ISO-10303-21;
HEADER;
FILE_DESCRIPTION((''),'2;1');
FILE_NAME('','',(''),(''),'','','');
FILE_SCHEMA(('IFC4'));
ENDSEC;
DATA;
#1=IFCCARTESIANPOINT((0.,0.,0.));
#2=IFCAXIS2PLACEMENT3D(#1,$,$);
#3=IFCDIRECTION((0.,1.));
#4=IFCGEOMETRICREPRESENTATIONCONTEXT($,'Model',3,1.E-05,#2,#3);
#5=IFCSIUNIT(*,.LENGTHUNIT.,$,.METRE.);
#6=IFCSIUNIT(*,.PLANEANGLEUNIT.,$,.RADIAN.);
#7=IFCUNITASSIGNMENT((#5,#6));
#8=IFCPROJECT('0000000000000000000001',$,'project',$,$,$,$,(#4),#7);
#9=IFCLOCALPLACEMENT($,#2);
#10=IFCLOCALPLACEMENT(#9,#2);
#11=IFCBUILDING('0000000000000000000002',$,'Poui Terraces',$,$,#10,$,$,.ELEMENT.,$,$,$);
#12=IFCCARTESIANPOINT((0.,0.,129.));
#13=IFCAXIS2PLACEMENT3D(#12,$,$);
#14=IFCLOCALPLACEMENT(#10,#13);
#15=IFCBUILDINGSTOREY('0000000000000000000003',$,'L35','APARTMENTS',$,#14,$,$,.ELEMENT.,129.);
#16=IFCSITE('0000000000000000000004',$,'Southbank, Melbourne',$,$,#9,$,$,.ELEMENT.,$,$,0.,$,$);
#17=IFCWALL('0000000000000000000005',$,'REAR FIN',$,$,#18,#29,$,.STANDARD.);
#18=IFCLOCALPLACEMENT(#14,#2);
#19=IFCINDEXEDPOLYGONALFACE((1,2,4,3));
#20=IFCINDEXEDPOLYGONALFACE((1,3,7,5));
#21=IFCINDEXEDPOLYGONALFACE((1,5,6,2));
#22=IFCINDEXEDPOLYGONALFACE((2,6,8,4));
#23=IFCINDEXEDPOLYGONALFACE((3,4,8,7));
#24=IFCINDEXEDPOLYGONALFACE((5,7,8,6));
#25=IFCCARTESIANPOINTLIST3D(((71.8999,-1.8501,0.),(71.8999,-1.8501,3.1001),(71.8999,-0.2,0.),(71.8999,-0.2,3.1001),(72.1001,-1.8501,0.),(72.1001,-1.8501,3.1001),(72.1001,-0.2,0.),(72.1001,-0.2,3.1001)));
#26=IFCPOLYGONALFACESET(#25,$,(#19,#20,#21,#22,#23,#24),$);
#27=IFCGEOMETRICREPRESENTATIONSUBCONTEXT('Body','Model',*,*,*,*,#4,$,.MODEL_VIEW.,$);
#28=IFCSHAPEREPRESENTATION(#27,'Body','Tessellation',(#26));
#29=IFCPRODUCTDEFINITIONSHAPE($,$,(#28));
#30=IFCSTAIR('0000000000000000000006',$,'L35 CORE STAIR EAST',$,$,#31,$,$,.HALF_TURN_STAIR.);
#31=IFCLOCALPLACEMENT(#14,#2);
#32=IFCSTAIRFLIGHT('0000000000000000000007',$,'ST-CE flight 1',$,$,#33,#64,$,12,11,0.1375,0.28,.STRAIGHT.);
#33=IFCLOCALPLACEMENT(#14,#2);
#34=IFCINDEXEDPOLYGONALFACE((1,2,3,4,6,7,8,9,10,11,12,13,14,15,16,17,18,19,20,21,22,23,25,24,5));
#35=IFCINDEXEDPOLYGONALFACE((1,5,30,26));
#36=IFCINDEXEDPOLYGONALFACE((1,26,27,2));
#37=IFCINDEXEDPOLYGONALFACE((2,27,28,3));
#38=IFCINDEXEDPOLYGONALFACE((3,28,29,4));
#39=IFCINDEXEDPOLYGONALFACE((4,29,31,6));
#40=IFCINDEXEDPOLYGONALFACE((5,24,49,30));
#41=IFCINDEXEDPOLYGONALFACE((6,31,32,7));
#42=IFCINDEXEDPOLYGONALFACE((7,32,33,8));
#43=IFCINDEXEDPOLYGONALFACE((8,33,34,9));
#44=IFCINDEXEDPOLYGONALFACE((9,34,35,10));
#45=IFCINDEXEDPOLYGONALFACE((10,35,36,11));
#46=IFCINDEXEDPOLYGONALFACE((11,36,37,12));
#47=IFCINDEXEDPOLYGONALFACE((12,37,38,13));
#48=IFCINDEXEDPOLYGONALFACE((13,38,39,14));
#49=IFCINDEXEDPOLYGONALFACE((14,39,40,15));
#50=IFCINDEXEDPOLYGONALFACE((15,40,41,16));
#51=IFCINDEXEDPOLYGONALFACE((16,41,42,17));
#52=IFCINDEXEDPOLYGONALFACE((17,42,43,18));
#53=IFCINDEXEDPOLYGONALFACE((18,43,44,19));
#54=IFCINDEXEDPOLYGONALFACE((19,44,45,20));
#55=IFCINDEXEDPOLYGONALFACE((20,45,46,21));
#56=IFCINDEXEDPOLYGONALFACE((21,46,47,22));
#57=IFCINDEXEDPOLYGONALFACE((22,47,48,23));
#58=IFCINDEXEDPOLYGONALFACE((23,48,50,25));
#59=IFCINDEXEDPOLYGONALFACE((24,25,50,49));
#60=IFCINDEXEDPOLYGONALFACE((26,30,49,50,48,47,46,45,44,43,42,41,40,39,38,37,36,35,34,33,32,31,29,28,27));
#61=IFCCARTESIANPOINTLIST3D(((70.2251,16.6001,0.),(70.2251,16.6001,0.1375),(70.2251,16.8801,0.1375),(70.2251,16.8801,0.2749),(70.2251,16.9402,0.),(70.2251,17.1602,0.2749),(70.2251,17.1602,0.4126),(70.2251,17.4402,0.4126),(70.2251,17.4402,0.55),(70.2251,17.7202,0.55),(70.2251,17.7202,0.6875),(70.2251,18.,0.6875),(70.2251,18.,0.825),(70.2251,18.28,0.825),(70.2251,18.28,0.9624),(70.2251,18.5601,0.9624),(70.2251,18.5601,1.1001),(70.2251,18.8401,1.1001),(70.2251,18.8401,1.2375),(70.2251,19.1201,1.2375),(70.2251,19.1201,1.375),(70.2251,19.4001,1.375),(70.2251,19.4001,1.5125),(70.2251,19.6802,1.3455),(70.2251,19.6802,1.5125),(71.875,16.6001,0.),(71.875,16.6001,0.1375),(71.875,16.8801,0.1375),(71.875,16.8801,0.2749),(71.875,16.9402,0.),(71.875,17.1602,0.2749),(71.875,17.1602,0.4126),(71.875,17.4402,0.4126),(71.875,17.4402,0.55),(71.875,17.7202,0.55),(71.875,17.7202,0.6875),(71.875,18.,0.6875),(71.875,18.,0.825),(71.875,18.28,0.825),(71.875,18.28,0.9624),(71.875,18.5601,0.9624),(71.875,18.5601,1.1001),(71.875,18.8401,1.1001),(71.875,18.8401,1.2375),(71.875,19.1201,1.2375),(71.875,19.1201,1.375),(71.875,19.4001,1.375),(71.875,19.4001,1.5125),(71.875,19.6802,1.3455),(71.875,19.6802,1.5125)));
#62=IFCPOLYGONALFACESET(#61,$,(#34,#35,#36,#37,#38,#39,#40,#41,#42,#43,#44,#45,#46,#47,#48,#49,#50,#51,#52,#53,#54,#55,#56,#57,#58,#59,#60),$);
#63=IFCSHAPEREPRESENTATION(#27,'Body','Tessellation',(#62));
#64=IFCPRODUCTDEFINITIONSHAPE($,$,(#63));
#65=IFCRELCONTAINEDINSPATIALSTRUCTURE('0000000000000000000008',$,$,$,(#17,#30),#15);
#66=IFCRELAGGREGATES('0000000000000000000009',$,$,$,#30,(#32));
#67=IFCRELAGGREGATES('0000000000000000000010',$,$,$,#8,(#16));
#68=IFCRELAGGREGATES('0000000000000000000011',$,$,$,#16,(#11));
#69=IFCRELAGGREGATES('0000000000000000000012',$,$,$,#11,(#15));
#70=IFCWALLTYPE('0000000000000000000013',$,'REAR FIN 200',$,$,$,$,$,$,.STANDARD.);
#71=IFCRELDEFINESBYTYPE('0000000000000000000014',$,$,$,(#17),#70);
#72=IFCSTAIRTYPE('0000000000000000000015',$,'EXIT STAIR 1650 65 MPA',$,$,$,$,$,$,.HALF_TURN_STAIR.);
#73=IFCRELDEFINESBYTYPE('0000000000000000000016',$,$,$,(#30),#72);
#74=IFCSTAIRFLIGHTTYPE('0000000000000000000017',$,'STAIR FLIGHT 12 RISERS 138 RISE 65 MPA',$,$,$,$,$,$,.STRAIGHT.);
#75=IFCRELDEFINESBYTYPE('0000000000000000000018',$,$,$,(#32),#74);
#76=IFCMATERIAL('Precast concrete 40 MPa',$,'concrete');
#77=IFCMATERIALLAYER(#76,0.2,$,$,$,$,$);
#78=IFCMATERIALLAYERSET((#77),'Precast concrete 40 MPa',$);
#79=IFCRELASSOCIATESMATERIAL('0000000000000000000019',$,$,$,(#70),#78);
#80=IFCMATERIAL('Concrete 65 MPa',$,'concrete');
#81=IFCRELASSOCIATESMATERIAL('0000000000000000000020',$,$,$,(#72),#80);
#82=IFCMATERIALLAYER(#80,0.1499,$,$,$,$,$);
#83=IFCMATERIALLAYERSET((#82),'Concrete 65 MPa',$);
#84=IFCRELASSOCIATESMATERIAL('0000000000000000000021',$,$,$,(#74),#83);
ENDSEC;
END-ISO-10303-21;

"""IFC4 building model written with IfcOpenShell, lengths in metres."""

from ifc_helpers import new_model, si_unit, direction, frame, origin, place, context, subcontext, project, spatial, polyline, outline, extrude, source, transform, mapped, material, layer, layer_set, type_object, element, aggregate, save


model = new_model("IFC4")

# Units and contexts
model_context = context("Model", 3, precision=1e-05, world=origin(), true_north=direction((0.0, 1.0)))
body_context = subcontext(model_context, "Body", "Model", "MODEL_VIEW")
ifc_project = project(units=[si_unit("LENGTHUNIT", "METRE"), si_unit("PLANEANGLEUNIT", "RADIAN")], contexts=[model_context])

# Site, building, storey
site_placement = place(None, origin())
site = spatial("IfcSite", under=ifc_project, at=site_placement, Name="Southbank, Melbourne", CompositionType="ELEMENT", RefElevation=0.0)
building_placement = place(site_placement, origin())
building = spatial("IfcBuilding", under=site, at=building_placement, Name="Poui Terraces", CompositionType="ELEMENT")
storey_placement = place(building_placement, frame((0.0, 0.0, 129.0)))
storey = spatial("IfcBuildingStorey", under=building, at=storey_placement, Name="L35", Description="APARTMENTS", CompositionType="ELEMENT", Elevation=129.0)

# Shared definitions
ifc_material_1 = material(Name="Concrete 65 MPa", Category="concrete")

# Shared definitions
ifc_material_2 = material(Name="Precast concrete 40 MPa", Category="concrete")

# Wall
ifc_layer_1 = layer(ifc_material_2, 0.2)
ifc_layer_set_1 = layer_set([ifc_layer_1], Name="Precast concrete 40 MPa")
wall_type_1 = type_object("IfcWallType", Name="REAR FIN 200", PredefinedType="STANDARD", material=ifc_layer_set_1)
shared_shape_1 = source(origin(), body_context, "Body", "SweptSolid", [
    extrude(outline(polyline([(0.0, 0.0), (0.2002, 0.0), (0.2002, 1.6501), (0.0, 1.6501), (0.0, 0.0)])), origin(), (0.0, 0.0, 1.0), 3.1001),
])
wall_1_placement = place(storey_placement, frame((71.8999, -1.8501, 0.0)))
element("IfcWall", 1, at=wall_1_placement, inside=storey, type_object=wall_type_1, Name="REAR FIN", PredefinedType="STANDARD", context=body_context, shape_type="MappedRepresentation", body=[
    mapped(shared_shape_1, transform((0.0, 0.0, 0.0))),
])

# Stair, stair flight
stair_type = type_object("IfcStairType", Name="EXIT STAIR 1650 65 MPA", PredefinedType="HALF_TURN_STAIR", material=ifc_material_1)
stair_placement = place(storey_placement, origin())
stair = element("IfcStair", 2, at=stair_placement, inside=storey, type_object=stair_type, Name="L35 CORE STAIR EAST", PredefinedType="HALF_TURN_STAIR")
ifc_layer_2 = layer(ifc_material_1, 0.1499)
ifc_layer_set_2 = layer_set([ifc_layer_2], Name="Concrete 65 MPa")
stair_flight_type = type_object("IfcStairFlightType", Name="STAIR FLIGHT 12 RISERS 138 RISE 65 MPA", PredefinedType="STRAIGHT", material=ifc_layer_set_2)
stair_flight_placement = place(storey_placement, frame((71.05, 16.6001, 0.0), z_axis=(0.0, 0.0, 1.0), x_axis=(0.0, 1.0, 0.0)))
stair_flight = element("IfcStairFlight", 3, at=stair_flight_placement, type_object=stair_flight_type, Name="ST-CE flight 1", NumberOfRisers=12, NumberOfTreads=11, PredefinedType="STRAIGHT", RiserHeight=0.1375, TreadLength=0.28, context=body_context, shape_type="SweptSolid", body=[
    extrude(outline(polyline([(0.0, 0.0), (0.0, 0.1375), (0.28, 0.1375), (0.28, 0.2749), (0.5601, 0.2749), (0.5601, 0.4126), (0.8401, 0.4126), (0.8401, 0.55), (1.1201, 0.55), (1.1201, 0.6875), (1.3999, 0.6875), (1.3999, 0.825), (1.6799, 0.825), (1.6799, 0.9624), (1.96, 0.9624), (1.96, 1.1001), (2.24, 1.1001), (2.24, 1.2375), (2.52, 1.2375), (2.52, 1.375), (2.8, 1.375), (2.8, 1.5125), (3.0801, 1.5125), (3.0801, 1.6499), (3.0801, 1.3455), (0.3401, 0.0), (0.0, 0.0)])), frame((0.0, 0.825, 0.0), z_axis=(0.0, -1.0, 0.0), x_axis=(1.0, 0.0, 0.0)), (0.0, 0.0, 1.0), 1.6499),
])
aggregate(stair, [stair_flight])

save(model, "model.ifc")
